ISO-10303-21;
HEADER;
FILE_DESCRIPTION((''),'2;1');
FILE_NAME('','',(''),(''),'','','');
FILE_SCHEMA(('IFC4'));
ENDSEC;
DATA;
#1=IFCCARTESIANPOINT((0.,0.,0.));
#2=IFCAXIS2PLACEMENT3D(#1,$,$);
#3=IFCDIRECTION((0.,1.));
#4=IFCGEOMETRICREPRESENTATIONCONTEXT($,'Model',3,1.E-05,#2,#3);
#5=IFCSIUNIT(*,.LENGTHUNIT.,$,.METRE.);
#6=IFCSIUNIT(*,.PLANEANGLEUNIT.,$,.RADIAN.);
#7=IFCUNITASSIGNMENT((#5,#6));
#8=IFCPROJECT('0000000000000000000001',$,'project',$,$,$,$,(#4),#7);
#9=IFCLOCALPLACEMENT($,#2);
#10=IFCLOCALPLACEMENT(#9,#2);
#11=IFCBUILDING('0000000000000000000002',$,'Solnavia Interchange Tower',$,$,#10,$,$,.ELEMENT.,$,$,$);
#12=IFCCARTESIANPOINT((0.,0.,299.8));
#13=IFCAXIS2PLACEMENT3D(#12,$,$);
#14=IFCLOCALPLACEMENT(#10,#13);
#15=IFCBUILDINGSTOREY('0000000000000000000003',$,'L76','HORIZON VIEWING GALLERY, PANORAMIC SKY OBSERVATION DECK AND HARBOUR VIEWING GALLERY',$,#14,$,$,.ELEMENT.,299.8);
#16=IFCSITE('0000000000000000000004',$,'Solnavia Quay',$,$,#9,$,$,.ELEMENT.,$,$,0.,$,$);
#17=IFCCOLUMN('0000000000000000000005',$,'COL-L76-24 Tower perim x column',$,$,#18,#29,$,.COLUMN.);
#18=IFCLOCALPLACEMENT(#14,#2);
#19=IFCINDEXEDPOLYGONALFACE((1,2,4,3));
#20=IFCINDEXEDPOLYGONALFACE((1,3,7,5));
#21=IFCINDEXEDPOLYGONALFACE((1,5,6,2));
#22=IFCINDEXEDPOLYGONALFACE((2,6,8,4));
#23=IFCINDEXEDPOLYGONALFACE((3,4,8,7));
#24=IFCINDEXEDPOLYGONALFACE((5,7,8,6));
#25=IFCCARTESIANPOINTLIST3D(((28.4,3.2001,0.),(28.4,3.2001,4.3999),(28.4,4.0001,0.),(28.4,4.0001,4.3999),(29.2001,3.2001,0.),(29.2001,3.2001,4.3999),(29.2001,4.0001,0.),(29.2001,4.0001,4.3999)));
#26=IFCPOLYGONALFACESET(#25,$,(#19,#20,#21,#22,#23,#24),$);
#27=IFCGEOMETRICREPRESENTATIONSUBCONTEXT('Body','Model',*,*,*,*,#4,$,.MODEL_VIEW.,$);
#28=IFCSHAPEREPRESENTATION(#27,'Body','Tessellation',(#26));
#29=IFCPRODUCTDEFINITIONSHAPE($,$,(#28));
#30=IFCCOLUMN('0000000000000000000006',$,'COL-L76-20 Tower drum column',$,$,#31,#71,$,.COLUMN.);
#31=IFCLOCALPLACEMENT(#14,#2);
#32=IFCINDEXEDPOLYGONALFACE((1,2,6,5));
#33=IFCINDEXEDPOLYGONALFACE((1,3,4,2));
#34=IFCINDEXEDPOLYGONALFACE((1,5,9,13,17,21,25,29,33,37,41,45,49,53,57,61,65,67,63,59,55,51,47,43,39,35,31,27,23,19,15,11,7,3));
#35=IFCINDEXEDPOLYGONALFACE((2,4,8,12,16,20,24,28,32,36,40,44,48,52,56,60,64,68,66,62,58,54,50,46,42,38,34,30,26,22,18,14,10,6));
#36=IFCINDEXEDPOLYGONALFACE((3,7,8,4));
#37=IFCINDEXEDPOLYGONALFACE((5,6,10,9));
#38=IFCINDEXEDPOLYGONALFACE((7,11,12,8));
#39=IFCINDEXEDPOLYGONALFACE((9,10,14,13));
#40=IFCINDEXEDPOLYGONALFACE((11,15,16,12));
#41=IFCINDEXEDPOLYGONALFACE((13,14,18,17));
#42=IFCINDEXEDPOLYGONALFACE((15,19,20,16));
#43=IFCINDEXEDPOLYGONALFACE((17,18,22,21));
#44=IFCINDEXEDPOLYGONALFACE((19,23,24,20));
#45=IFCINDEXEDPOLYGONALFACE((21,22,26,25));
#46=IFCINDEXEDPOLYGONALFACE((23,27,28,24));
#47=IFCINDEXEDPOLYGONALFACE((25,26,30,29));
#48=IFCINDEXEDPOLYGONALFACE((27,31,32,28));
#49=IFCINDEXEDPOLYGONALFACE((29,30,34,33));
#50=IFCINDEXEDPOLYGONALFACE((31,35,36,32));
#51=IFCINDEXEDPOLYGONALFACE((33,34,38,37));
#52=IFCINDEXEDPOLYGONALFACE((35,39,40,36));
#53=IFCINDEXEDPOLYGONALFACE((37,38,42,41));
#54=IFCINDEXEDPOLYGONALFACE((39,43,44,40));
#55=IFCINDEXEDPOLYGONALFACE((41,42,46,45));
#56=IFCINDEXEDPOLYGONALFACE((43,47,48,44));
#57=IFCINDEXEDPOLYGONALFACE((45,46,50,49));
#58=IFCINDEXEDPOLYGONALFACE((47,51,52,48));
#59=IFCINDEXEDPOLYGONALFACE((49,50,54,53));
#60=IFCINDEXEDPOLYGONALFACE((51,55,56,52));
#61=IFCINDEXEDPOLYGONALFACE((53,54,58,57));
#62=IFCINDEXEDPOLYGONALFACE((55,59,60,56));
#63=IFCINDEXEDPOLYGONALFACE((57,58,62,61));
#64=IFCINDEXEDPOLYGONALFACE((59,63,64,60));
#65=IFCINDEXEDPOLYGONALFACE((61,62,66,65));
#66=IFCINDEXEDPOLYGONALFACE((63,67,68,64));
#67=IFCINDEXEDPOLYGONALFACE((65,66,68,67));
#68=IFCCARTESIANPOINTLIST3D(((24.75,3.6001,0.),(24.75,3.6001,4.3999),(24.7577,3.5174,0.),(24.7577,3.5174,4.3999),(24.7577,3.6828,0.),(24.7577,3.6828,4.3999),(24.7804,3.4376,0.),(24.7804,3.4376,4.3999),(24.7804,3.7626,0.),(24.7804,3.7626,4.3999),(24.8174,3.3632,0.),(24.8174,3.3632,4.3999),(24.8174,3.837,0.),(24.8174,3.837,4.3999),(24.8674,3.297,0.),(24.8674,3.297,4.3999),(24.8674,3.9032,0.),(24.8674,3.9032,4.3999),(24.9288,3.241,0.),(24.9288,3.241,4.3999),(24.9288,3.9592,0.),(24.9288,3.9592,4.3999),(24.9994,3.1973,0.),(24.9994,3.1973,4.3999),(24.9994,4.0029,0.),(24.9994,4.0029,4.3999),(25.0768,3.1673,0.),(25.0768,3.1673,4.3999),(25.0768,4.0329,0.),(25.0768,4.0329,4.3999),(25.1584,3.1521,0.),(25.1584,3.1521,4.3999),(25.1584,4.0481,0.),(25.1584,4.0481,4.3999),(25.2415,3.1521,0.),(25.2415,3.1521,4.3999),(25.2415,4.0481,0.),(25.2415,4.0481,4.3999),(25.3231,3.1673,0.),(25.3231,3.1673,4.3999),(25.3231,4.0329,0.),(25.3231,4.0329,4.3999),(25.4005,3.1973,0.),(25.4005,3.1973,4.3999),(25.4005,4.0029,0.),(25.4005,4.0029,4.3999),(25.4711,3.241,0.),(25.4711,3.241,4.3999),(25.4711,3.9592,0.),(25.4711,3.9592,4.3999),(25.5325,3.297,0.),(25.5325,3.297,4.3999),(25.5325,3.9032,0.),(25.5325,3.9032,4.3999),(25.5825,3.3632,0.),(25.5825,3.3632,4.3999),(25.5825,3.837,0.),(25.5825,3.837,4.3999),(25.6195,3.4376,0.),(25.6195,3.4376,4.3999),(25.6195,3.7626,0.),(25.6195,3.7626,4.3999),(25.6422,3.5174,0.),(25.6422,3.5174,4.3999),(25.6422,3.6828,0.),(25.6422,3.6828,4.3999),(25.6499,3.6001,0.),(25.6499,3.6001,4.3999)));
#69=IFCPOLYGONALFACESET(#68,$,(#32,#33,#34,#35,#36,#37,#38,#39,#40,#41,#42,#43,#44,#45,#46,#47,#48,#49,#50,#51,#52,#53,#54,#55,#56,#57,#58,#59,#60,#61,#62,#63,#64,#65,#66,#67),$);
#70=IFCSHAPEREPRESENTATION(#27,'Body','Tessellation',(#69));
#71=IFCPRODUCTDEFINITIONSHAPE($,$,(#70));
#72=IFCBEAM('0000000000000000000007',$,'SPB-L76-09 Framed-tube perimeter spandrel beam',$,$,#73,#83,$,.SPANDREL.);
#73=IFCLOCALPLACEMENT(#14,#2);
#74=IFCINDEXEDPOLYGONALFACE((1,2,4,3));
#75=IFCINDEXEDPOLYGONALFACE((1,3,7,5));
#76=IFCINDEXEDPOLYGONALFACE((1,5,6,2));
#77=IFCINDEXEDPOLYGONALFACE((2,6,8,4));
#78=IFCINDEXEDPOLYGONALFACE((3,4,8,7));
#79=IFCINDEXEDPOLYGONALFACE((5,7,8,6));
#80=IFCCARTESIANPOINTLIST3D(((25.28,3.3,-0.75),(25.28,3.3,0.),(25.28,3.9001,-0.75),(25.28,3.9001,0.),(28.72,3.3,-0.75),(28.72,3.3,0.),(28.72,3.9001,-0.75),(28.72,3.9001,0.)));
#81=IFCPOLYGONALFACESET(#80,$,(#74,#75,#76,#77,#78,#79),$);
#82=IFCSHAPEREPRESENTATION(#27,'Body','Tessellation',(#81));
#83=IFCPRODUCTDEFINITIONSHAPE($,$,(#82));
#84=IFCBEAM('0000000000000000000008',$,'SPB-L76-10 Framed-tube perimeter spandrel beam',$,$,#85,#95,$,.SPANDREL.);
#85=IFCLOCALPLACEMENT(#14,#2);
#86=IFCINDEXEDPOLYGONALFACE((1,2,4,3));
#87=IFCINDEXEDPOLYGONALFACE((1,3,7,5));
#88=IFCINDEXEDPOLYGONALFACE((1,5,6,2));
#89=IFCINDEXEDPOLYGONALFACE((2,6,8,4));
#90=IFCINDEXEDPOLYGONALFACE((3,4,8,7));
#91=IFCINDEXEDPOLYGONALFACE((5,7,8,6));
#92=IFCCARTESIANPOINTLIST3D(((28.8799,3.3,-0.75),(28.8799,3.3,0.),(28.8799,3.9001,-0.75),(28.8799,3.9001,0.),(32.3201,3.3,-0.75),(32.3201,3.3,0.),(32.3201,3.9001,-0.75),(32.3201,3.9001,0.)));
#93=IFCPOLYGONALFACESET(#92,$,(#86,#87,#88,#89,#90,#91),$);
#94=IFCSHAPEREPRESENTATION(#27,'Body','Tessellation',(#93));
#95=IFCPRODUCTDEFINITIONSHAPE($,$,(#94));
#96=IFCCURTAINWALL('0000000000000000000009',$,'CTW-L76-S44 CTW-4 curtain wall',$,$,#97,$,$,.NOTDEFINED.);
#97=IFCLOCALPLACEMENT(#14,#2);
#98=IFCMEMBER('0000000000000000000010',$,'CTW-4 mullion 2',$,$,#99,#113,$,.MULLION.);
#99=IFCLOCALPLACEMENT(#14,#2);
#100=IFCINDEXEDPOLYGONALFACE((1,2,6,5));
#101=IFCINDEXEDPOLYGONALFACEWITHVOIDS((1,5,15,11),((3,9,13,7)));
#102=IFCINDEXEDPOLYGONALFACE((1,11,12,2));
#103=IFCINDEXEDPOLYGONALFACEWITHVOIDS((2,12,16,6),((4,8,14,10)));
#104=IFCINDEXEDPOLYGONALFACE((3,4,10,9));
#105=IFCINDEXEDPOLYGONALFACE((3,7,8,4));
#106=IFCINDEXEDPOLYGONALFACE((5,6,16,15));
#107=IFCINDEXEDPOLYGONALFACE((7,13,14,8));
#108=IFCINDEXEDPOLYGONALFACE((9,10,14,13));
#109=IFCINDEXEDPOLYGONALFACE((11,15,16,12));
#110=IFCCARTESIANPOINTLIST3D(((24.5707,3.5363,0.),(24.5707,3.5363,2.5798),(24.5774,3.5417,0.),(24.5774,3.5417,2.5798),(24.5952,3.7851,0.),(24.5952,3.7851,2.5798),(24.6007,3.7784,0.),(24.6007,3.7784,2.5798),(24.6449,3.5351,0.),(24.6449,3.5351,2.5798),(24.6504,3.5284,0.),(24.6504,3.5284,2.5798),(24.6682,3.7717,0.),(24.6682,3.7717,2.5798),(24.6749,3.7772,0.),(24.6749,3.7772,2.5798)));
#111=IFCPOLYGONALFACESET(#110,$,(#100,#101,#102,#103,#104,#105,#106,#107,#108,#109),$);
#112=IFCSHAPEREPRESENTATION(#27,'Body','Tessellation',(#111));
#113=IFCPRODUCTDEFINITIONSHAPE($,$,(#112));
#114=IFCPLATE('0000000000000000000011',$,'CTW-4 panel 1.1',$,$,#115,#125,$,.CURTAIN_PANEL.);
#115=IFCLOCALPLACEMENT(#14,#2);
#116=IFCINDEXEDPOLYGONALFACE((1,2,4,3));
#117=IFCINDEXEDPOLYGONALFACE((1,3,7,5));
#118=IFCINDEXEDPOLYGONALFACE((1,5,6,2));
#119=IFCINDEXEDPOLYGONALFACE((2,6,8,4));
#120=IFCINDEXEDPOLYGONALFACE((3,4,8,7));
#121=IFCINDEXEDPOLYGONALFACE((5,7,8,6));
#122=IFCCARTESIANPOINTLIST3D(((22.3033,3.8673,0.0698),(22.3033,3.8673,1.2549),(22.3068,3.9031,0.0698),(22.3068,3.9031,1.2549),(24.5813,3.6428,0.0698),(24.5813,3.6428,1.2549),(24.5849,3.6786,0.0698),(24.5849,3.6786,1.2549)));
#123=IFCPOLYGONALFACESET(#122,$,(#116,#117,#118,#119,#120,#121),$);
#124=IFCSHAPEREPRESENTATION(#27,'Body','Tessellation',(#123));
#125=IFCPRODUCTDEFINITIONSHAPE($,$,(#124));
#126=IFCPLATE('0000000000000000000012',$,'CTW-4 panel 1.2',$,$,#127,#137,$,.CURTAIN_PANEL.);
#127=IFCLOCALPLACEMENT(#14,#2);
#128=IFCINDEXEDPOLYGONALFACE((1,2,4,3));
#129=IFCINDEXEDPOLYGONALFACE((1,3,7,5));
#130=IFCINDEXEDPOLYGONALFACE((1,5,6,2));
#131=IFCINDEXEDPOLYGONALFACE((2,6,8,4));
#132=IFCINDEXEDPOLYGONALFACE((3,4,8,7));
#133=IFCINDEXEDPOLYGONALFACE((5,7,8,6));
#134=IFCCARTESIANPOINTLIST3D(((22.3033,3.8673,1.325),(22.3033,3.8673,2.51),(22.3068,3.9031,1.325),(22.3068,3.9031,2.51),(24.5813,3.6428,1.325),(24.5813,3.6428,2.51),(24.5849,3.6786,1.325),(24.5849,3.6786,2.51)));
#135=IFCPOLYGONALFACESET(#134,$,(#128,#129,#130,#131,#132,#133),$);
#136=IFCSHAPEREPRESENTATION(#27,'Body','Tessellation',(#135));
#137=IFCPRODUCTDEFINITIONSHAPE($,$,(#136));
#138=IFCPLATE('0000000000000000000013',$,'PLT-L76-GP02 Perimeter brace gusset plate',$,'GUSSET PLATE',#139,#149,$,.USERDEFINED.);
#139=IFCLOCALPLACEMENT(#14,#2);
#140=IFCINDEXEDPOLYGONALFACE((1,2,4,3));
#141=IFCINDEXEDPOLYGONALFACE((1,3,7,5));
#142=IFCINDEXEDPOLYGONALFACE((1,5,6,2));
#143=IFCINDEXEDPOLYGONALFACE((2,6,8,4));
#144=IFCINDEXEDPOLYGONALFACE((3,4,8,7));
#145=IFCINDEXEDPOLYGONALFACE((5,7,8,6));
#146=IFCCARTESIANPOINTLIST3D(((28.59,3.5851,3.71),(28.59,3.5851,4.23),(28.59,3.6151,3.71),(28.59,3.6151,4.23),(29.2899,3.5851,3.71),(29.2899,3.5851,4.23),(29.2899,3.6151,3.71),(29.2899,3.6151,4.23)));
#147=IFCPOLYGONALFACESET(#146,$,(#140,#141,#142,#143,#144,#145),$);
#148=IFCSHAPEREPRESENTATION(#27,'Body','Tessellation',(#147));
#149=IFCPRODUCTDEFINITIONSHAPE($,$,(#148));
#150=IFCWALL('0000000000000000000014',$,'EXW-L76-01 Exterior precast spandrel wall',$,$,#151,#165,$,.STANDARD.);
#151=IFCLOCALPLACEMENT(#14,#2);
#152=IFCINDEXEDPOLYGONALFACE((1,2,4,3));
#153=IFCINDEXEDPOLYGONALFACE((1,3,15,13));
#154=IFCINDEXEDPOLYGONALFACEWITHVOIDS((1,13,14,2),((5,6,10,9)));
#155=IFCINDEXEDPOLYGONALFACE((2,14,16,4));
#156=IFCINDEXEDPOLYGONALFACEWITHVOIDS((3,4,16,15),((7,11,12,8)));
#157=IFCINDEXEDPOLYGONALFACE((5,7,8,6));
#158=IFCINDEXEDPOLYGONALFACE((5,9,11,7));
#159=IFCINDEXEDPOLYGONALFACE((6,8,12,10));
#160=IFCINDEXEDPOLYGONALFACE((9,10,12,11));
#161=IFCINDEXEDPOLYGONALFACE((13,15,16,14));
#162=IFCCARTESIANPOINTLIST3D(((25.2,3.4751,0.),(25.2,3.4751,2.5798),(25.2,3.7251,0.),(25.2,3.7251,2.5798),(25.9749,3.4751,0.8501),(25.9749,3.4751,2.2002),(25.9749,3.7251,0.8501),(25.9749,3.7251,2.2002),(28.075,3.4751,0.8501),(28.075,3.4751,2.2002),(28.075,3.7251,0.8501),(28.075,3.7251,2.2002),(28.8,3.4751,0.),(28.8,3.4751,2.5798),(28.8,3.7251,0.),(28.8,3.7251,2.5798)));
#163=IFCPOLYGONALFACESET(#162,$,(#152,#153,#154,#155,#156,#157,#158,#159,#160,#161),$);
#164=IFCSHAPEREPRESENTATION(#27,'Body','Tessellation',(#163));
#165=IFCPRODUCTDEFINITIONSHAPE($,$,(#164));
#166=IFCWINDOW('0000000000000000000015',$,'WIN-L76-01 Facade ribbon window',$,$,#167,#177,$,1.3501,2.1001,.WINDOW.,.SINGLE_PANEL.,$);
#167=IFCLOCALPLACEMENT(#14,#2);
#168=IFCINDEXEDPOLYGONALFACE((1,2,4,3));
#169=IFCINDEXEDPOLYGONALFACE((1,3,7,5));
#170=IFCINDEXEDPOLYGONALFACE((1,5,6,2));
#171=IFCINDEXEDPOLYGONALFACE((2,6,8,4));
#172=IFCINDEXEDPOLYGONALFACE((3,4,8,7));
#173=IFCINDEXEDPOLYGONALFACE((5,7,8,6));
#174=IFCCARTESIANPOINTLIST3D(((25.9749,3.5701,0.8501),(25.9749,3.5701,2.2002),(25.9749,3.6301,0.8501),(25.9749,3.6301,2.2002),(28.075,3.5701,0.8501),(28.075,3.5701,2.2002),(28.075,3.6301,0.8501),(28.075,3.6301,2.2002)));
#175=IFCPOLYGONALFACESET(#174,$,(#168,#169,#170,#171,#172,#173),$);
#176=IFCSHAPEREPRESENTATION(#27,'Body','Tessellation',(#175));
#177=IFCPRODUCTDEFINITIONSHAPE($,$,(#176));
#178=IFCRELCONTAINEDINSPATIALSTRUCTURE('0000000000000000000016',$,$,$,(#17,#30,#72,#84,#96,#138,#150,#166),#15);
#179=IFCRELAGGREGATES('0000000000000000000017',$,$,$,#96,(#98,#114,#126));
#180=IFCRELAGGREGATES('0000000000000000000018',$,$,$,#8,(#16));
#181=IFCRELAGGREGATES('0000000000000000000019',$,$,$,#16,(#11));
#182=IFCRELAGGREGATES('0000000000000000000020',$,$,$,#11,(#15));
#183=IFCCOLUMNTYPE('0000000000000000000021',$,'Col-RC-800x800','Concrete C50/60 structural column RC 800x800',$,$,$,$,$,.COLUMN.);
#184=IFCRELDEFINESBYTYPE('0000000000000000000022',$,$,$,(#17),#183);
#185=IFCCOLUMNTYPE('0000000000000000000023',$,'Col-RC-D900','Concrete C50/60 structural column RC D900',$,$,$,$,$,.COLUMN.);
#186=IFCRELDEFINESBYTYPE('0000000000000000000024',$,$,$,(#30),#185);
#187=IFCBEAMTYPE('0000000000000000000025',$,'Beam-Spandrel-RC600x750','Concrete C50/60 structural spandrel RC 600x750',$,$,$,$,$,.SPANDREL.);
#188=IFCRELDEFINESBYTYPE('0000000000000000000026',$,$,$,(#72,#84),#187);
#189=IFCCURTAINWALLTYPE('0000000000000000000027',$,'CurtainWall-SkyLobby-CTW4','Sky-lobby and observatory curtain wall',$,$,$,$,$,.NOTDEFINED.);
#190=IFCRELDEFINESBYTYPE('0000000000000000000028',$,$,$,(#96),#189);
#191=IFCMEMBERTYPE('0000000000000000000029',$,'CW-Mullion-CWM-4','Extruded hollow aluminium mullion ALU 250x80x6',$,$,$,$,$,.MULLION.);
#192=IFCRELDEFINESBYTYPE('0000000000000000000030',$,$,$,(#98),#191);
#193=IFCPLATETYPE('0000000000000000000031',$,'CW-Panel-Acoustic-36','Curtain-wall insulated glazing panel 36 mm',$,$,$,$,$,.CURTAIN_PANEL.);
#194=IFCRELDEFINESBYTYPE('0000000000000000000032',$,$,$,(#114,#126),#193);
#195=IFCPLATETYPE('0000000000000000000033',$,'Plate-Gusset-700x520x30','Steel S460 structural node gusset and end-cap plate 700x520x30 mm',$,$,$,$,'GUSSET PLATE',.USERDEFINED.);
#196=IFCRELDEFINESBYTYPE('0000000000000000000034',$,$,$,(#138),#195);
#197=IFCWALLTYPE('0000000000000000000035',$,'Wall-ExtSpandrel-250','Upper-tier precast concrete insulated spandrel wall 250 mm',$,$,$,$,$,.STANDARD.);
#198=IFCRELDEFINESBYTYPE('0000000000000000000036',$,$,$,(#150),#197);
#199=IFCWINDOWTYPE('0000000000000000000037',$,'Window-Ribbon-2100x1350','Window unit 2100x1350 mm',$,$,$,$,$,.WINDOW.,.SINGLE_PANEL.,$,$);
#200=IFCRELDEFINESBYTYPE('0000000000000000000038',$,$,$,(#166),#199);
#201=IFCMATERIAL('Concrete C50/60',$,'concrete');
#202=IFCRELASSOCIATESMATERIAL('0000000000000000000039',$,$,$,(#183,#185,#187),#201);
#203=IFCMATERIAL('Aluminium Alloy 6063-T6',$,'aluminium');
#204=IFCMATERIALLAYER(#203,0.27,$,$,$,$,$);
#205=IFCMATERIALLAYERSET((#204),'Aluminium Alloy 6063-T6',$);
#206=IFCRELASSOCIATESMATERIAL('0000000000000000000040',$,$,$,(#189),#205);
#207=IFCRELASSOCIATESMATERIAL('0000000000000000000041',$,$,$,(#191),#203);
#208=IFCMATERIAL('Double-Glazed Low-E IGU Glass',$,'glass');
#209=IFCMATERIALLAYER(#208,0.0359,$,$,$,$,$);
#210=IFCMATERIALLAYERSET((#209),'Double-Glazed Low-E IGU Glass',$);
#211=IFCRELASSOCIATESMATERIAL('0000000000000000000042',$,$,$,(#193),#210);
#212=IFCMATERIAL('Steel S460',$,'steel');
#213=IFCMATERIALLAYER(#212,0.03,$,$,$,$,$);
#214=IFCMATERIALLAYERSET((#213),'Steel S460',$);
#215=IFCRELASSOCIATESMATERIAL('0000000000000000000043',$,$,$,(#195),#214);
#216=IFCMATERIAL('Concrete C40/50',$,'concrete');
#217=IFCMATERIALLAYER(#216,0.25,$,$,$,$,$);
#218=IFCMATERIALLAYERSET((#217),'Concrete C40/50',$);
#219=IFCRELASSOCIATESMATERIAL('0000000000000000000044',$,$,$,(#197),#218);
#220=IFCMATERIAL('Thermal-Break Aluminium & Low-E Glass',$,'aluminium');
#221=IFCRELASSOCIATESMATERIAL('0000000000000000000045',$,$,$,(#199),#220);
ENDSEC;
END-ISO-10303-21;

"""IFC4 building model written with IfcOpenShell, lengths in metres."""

from ifc_helpers import new_model, si_unit, direction, frame, frame_2d, origin, origin_2d, place, context, subcontext, project, spatial, rectangle, hollow_rectangle, circle, extrude, material, layer, layer_set, material_profile, profile_set, type_object, element, fill, aggregate, save


model = new_model("IFC4")

# Units and contexts
model_context = context("Model", 3, precision=1e-05, world=origin(), true_north=direction((0.0, 1.0)))
body_context = subcontext(model_context, "Body", "Model", "MODEL_VIEW")
ifc_project = project(units=[si_unit("LENGTHUNIT", "METRE"), si_unit("PLANEANGLEUNIT", "RADIAN")], contexts=[model_context])

# Site, building, storey
site_placement = place(None, origin())
site = spatial("IfcSite", under=ifc_project, at=site_placement, Name="Solnavia Quay", CompositionType="ELEMENT", RefElevation=0.0)
building_placement = place(site_placement, origin())
building = spatial("IfcBuilding", under=site, at=building_placement, Name="Solnavia Interchange Tower", CompositionType="ELEMENT")
storey_placement = place(building_placement, frame((0.0, 0.0, 299.8)))
storey = spatial("IfcBuildingStorey", under=building, at=storey_placement, Name="L76", Description="HORIZON VIEWING GALLERY, PANORAMIC SKY OBSERVATION DECK AND HARBOUR VIEWING GALLERY", CompositionType="ELEMENT", Elevation=299.8)

# Columns
ifc_material_1 = material(Name="Concrete C50/60", Category="concrete")
ifc_material_profile_1 = material_profile(ifc_material_1, rectangle(XDim=0.8, YDim=0.8, at=origin_2d()), Name="RC 800x800")
ifc_profile_set_1 = profile_set([ifc_material_profile_1], Name="Concrete C50/60")
column_type_1 = type_object("IfcColumnType", Name="Col-RC-800x800", Description="Concrete C50/60 structural column RC 800x800", PredefinedType="COLUMN", material=ifc_profile_set_1)
column_1_placement = place(storey_placement, frame((28.8, 3.6001, 0.0), z_axis=(0.0, 0.0, 1.0), x_axis=(1.0, 0.0, 0.0)))
element("IfcColumn", 1, at=column_1_placement, inside=storey, type_object=column_type_1, Name="COL-L76-24 Tower perim x column", PredefinedType="COLUMN", context=body_context, shape_type="SweptSolid", body=[
    extrude(rectangle(XDim=0.8, YDim=0.8, at=origin_2d()), origin(), (0.0, 0.0, 1.0), 4.3999),
])
ifc_material_profile_2 = material_profile(ifc_material_1, circle(Radius=0.45, at=origin_2d()), Name="RC D900")
ifc_profile_set_2 = profile_set([ifc_material_profile_2], Name="Concrete C50/60")
column_type_2 = type_object("IfcColumnType", Name="Col-RC-D900", Description="Concrete C50/60 structural column RC D900", PredefinedType="COLUMN", material=ifc_profile_set_2)
column_2_placement = place(storey_placement, frame((25.2, 3.6001, 0.0), z_axis=(0.0, 0.0, 1.0), x_axis=(1.0, 0.0, 0.0)))
element("IfcColumn", 2, at=column_2_placement, inside=storey, type_object=column_type_2, Name="COL-L76-20 Tower drum column", PredefinedType="COLUMN", context=body_context, shape_type="SweptSolid", body=[
    extrude(circle(Radius=0.45, at=origin_2d()), origin(), (0.0, 0.0, 1.0), 4.3999),
])

# Beams
ifc_material_profile_3 = material_profile(ifc_material_1, rectangle(XDim=0.6001, YDim=0.75, at=origin_2d()), Name="RC 600x750")
ifc_profile_set_3 = profile_set([ifc_material_profile_3], Name="Concrete C50/60")
beam_type = type_object("IfcBeamType", Name="Beam-Spandrel-RC600x750", Description="Concrete C50/60 structural spandrel RC 600x750", PredefinedType="SPANDREL", material=ifc_profile_set_3)
beam_1_placement = place(storey_placement, frame((25.28, 3.6001, -0.375), z_axis=(1.0, 0.0, 0.0), x_axis=(0.0, 1.0, 0.0)))
element("IfcBeam", 3, at=beam_1_placement, inside=storey, type_object=beam_type, Name="SPB-L76-09 Framed-tube perimeter spandrel beam", PredefinedType="SPANDREL", context=body_context, shape_type="SweptSolid", body=[
    extrude(rectangle(XDim=0.6001, YDim=0.75, at=origin_2d()), origin(), (0.0, 0.0, 1.0), 3.4399),
])
beam_2_placement = place(storey_placement, frame((28.8799, 3.6001, -0.375), z_axis=(1.0, 0.0, 0.0), x_axis=(0.0, 1.0, 0.0)))
element("IfcBeam", 4, at=beam_2_placement, inside=storey, type_object=beam_type, Name="SPB-L76-10 Framed-tube perimeter spandrel beam", PredefinedType="SPANDREL", context=body_context, shape_type="SweptSolid", body=[
    extrude(rectangle(XDim=0.6001, YDim=0.75, at=origin_2d()), origin(), (0.0, 0.0, 1.0), 3.4402),
])

# Curtain wall, member, plates
ifc_material_2 = material(Name="Aluminium Alloy 6063-T6", Category="aluminium")
ifc_layer_1 = layer(ifc_material_2, 0.27)
ifc_layer_set_1 = layer_set([ifc_layer_1], Name="Aluminium Alloy 6063-T6")
curtain_wall_type = type_object("IfcCurtainWallType", Name="CurtainWall-SkyLobby-CTW4", Description="Sky-lobby and observatory curtain wall", PredefinedType="NOTDEFINED", material=ifc_layer_set_1)
curtain_wall_placement = place(storey_placement, origin())
curtain_wall = element("IfcCurtainWall", 5, at=curtain_wall_placement, inside=storey, type_object=curtain_wall_type, Name="CTW-L76-S44 CTW-4 curtain wall", PredefinedType="NOTDEFINED")
ifc_material_profile_4 = material_profile(ifc_material_2, hollow_rectangle(XDim=0.0801, YDim=0.25, WallThickness=0.0061, at=origin_2d()), Name="ALU 250x80x6")
ifc_profile_set_4 = profile_set([ifc_material_profile_4], Name="Aluminium Alloy 6063-T6")
member_type = type_object("IfcMemberType", Name="CW-Mullion-CWM-4", Description="Extruded hollow aluminium mullion ALU 250x80x6", PredefinedType="MULLION", material=ifc_profile_set_4)
member_placement = place(storey_placement, frame((24.6228, 3.6567, 0.0), z_axis=(0.0, 0.0, 1.0), x_axis=(0.995178, -0.098081, 0.0)))
member = element("IfcMember", 6, at=member_placement, type_object=member_type, Name="CTW-4 mullion 2", PredefinedType="MULLION", context=body_context, shape_type="SweptSolid", body=[
    extrude(hollow_rectangle(XDim=0.0801, YDim=0.25, WallThickness=0.0061, at=origin_2d()), origin(), (0.0, 0.0, 1.0), 2.5798),
])
ifc_material_3 = material(Name="Double-Glazed Low-E IGU Glass", Category="glass")
ifc_layer_2 = layer(ifc_material_3, 0.0359)
ifc_layer_set_2 = layer_set([ifc_layer_2], Name="Double-Glazed Low-E IGU Glass")
plate_type_1 = type_object("IfcPlateType", Name="CW-Panel-Acoustic-36", Description="Curtain-wall insulated glazing panel 36 mm", PredefinedType="CURTAIN_PANEL", material=ifc_layer_set_2)
plate_1_placement = place(storey_placement, frame((23.4441, 3.7729, 0.0698), z_axis=(0.0, 0.0, 1.0), x_axis=(0.995178, -0.098081, 0.0)))
plate_1 = element("IfcPlate", 7, at=plate_1_placement, type_object=plate_type_1, Name="CTW-4 panel 1.1", PredefinedType="CURTAIN_PANEL", context=body_context, shape_type="SweptSolid", body=[
    extrude(rectangle(XDim=2.2891, YDim=0.0359, at=origin_2d()), origin(), (0.0, 0.0, 1.0), 1.1851),
])
plate_2_placement = place(storey_placement, frame((23.4441, 3.7729, 1.325), z_axis=(0.0, 0.0, 1.0), x_axis=(0.995178, -0.098081, 0.0)))
plate_2 = element("IfcPlate", 8, at=plate_2_placement, type_object=plate_type_1, Name="CTW-4 panel 1.2", PredefinedType="CURTAIN_PANEL", context=body_context, shape_type="SweptSolid", body=[
    extrude(rectangle(XDim=2.2891, YDim=0.0359, at=origin_2d()), origin(), (0.0, 0.0, 1.0), 1.1851),
])
aggregate(curtain_wall, [member, plate_1, plate_2])

# Plate
ifc_material_4 = material(Name="Steel S460", Category="steel")
ifc_layer_3 = layer(ifc_material_4, 0.03)
ifc_layer_set_3 = layer_set([ifc_layer_3], Name="Steel S460")
plate_type_2 = type_object("IfcPlateType", Name="Plate-Gusset-700x520x30", Description="Steel S460 structural node gusset and end-cap plate 700x520x30 mm", ElementType="GUSSET PLATE", PredefinedType="USERDEFINED", material=ifc_layer_set_3)
plate_3_placement = place(storey_placement, frame((28.9399, 3.6001, 3.71), z_axis=(0.0, 0.0, 1.0), x_axis=(-1.0, 0.0, 0.0)))
element("IfcPlate", 9, at=plate_3_placement, inside=storey, type_object=plate_type_2, Name="PLT-L76-GP02 Perimeter brace gusset plate", ObjectType="GUSSET PLATE", PredefinedType="USERDEFINED", context=body_context, shape_type="SweptSolid", body=[
    extrude(rectangle(XDim=0.7, YDim=0.03, at=origin_2d()), origin(), (0.0, 0.0, 1.0), 0.52),
])

# Wall, opening, window
ifc_material_5 = material(Name="Concrete C40/50", Category="concrete")
ifc_layer_4 = layer(ifc_material_5, 0.25)
ifc_layer_set_4 = layer_set([ifc_layer_4], Name="Concrete C40/50")
wall_type_1 = type_object("IfcWallType", Name="Wall-ExtSpandrel-250", Description="Upper-tier precast concrete insulated spandrel wall 250 mm", PredefinedType="STANDARD", material=ifc_layer_set_4)
wall_1_placement = place(storey_placement, frame((28.8, 3.6001, 0.0), z_axis=(0.0, 0.0, 1.0), x_axis=(-1.0, 0.0, 0.0)))
wall_1 = element("IfcWall", 10, at=wall_1_placement, inside=storey, type_object=wall_type_1, Name="EXW-L76-01 Exterior precast spandrel wall", PredefinedType="STANDARD", context=body_context, shape_type="SweptSolid", body=[
    extrude(rectangle(XDim=3.6001, YDim=0.25, at=frame_2d((1.8, 0.0))), origin(), (0.0, 0.0, 1.0), 2.5798),
])
opening_1_placement = place(wall_1_placement, frame((0.7251, 0.0, 0.8501)))
opening_1 = element("IfcOpeningElement", 11, at=opening_1_placement, cuts=wall_1, PredefinedType="OPENING", context=body_context, shape_type="SweptSolid", body=[
    extrude(rectangle(XDim=2.1001, YDim=1.3501, at=frame_2d((1.05, 0.675))), frame((0.0, 0.135, 0.0), z_axis=(0.0, -1.0, 0.0), x_axis=(1.0, 0.0, 0.0)), (0.0, 0.0, 1.0), 0.27),
])
ifc_material_6 = material(Name="Thermal-Break Aluminium & Low-E Glass", Category="aluminium")
window_type = type_object("IfcWindowType", Name="Window-Ribbon-2100x1350", Description="Window unit 2100x1350 mm", PartitioningType="SINGLE_PANEL", PredefinedType="WINDOW", material=ifc_material_6)
window_placement = place(opening_1_placement, origin())
window = element("IfcWindow", 12, at=window_placement, inside=storey, type_object=window_type, Name="WIN-L76-01 Facade ribbon window", OverallHeight=1.3501, OverallWidth=2.1001, PartitioningType="SINGLE_PANEL", PredefinedType="WINDOW", context=body_context, shape_type="SweptSolid", body=[
    extrude(rectangle(XDim=2.1001, YDim=1.3501, at=frame_2d((1.05, 0.675))), frame((0.0, 0.03, 0.0), z_axis=(0.0, -1.0, 0.0), x_axis=(1.0, 0.0, 0.0)), (0.0, 0.0, 1.0), 0.0601),
])
fill(opening_1, window)

save(model, "model.ifc")
